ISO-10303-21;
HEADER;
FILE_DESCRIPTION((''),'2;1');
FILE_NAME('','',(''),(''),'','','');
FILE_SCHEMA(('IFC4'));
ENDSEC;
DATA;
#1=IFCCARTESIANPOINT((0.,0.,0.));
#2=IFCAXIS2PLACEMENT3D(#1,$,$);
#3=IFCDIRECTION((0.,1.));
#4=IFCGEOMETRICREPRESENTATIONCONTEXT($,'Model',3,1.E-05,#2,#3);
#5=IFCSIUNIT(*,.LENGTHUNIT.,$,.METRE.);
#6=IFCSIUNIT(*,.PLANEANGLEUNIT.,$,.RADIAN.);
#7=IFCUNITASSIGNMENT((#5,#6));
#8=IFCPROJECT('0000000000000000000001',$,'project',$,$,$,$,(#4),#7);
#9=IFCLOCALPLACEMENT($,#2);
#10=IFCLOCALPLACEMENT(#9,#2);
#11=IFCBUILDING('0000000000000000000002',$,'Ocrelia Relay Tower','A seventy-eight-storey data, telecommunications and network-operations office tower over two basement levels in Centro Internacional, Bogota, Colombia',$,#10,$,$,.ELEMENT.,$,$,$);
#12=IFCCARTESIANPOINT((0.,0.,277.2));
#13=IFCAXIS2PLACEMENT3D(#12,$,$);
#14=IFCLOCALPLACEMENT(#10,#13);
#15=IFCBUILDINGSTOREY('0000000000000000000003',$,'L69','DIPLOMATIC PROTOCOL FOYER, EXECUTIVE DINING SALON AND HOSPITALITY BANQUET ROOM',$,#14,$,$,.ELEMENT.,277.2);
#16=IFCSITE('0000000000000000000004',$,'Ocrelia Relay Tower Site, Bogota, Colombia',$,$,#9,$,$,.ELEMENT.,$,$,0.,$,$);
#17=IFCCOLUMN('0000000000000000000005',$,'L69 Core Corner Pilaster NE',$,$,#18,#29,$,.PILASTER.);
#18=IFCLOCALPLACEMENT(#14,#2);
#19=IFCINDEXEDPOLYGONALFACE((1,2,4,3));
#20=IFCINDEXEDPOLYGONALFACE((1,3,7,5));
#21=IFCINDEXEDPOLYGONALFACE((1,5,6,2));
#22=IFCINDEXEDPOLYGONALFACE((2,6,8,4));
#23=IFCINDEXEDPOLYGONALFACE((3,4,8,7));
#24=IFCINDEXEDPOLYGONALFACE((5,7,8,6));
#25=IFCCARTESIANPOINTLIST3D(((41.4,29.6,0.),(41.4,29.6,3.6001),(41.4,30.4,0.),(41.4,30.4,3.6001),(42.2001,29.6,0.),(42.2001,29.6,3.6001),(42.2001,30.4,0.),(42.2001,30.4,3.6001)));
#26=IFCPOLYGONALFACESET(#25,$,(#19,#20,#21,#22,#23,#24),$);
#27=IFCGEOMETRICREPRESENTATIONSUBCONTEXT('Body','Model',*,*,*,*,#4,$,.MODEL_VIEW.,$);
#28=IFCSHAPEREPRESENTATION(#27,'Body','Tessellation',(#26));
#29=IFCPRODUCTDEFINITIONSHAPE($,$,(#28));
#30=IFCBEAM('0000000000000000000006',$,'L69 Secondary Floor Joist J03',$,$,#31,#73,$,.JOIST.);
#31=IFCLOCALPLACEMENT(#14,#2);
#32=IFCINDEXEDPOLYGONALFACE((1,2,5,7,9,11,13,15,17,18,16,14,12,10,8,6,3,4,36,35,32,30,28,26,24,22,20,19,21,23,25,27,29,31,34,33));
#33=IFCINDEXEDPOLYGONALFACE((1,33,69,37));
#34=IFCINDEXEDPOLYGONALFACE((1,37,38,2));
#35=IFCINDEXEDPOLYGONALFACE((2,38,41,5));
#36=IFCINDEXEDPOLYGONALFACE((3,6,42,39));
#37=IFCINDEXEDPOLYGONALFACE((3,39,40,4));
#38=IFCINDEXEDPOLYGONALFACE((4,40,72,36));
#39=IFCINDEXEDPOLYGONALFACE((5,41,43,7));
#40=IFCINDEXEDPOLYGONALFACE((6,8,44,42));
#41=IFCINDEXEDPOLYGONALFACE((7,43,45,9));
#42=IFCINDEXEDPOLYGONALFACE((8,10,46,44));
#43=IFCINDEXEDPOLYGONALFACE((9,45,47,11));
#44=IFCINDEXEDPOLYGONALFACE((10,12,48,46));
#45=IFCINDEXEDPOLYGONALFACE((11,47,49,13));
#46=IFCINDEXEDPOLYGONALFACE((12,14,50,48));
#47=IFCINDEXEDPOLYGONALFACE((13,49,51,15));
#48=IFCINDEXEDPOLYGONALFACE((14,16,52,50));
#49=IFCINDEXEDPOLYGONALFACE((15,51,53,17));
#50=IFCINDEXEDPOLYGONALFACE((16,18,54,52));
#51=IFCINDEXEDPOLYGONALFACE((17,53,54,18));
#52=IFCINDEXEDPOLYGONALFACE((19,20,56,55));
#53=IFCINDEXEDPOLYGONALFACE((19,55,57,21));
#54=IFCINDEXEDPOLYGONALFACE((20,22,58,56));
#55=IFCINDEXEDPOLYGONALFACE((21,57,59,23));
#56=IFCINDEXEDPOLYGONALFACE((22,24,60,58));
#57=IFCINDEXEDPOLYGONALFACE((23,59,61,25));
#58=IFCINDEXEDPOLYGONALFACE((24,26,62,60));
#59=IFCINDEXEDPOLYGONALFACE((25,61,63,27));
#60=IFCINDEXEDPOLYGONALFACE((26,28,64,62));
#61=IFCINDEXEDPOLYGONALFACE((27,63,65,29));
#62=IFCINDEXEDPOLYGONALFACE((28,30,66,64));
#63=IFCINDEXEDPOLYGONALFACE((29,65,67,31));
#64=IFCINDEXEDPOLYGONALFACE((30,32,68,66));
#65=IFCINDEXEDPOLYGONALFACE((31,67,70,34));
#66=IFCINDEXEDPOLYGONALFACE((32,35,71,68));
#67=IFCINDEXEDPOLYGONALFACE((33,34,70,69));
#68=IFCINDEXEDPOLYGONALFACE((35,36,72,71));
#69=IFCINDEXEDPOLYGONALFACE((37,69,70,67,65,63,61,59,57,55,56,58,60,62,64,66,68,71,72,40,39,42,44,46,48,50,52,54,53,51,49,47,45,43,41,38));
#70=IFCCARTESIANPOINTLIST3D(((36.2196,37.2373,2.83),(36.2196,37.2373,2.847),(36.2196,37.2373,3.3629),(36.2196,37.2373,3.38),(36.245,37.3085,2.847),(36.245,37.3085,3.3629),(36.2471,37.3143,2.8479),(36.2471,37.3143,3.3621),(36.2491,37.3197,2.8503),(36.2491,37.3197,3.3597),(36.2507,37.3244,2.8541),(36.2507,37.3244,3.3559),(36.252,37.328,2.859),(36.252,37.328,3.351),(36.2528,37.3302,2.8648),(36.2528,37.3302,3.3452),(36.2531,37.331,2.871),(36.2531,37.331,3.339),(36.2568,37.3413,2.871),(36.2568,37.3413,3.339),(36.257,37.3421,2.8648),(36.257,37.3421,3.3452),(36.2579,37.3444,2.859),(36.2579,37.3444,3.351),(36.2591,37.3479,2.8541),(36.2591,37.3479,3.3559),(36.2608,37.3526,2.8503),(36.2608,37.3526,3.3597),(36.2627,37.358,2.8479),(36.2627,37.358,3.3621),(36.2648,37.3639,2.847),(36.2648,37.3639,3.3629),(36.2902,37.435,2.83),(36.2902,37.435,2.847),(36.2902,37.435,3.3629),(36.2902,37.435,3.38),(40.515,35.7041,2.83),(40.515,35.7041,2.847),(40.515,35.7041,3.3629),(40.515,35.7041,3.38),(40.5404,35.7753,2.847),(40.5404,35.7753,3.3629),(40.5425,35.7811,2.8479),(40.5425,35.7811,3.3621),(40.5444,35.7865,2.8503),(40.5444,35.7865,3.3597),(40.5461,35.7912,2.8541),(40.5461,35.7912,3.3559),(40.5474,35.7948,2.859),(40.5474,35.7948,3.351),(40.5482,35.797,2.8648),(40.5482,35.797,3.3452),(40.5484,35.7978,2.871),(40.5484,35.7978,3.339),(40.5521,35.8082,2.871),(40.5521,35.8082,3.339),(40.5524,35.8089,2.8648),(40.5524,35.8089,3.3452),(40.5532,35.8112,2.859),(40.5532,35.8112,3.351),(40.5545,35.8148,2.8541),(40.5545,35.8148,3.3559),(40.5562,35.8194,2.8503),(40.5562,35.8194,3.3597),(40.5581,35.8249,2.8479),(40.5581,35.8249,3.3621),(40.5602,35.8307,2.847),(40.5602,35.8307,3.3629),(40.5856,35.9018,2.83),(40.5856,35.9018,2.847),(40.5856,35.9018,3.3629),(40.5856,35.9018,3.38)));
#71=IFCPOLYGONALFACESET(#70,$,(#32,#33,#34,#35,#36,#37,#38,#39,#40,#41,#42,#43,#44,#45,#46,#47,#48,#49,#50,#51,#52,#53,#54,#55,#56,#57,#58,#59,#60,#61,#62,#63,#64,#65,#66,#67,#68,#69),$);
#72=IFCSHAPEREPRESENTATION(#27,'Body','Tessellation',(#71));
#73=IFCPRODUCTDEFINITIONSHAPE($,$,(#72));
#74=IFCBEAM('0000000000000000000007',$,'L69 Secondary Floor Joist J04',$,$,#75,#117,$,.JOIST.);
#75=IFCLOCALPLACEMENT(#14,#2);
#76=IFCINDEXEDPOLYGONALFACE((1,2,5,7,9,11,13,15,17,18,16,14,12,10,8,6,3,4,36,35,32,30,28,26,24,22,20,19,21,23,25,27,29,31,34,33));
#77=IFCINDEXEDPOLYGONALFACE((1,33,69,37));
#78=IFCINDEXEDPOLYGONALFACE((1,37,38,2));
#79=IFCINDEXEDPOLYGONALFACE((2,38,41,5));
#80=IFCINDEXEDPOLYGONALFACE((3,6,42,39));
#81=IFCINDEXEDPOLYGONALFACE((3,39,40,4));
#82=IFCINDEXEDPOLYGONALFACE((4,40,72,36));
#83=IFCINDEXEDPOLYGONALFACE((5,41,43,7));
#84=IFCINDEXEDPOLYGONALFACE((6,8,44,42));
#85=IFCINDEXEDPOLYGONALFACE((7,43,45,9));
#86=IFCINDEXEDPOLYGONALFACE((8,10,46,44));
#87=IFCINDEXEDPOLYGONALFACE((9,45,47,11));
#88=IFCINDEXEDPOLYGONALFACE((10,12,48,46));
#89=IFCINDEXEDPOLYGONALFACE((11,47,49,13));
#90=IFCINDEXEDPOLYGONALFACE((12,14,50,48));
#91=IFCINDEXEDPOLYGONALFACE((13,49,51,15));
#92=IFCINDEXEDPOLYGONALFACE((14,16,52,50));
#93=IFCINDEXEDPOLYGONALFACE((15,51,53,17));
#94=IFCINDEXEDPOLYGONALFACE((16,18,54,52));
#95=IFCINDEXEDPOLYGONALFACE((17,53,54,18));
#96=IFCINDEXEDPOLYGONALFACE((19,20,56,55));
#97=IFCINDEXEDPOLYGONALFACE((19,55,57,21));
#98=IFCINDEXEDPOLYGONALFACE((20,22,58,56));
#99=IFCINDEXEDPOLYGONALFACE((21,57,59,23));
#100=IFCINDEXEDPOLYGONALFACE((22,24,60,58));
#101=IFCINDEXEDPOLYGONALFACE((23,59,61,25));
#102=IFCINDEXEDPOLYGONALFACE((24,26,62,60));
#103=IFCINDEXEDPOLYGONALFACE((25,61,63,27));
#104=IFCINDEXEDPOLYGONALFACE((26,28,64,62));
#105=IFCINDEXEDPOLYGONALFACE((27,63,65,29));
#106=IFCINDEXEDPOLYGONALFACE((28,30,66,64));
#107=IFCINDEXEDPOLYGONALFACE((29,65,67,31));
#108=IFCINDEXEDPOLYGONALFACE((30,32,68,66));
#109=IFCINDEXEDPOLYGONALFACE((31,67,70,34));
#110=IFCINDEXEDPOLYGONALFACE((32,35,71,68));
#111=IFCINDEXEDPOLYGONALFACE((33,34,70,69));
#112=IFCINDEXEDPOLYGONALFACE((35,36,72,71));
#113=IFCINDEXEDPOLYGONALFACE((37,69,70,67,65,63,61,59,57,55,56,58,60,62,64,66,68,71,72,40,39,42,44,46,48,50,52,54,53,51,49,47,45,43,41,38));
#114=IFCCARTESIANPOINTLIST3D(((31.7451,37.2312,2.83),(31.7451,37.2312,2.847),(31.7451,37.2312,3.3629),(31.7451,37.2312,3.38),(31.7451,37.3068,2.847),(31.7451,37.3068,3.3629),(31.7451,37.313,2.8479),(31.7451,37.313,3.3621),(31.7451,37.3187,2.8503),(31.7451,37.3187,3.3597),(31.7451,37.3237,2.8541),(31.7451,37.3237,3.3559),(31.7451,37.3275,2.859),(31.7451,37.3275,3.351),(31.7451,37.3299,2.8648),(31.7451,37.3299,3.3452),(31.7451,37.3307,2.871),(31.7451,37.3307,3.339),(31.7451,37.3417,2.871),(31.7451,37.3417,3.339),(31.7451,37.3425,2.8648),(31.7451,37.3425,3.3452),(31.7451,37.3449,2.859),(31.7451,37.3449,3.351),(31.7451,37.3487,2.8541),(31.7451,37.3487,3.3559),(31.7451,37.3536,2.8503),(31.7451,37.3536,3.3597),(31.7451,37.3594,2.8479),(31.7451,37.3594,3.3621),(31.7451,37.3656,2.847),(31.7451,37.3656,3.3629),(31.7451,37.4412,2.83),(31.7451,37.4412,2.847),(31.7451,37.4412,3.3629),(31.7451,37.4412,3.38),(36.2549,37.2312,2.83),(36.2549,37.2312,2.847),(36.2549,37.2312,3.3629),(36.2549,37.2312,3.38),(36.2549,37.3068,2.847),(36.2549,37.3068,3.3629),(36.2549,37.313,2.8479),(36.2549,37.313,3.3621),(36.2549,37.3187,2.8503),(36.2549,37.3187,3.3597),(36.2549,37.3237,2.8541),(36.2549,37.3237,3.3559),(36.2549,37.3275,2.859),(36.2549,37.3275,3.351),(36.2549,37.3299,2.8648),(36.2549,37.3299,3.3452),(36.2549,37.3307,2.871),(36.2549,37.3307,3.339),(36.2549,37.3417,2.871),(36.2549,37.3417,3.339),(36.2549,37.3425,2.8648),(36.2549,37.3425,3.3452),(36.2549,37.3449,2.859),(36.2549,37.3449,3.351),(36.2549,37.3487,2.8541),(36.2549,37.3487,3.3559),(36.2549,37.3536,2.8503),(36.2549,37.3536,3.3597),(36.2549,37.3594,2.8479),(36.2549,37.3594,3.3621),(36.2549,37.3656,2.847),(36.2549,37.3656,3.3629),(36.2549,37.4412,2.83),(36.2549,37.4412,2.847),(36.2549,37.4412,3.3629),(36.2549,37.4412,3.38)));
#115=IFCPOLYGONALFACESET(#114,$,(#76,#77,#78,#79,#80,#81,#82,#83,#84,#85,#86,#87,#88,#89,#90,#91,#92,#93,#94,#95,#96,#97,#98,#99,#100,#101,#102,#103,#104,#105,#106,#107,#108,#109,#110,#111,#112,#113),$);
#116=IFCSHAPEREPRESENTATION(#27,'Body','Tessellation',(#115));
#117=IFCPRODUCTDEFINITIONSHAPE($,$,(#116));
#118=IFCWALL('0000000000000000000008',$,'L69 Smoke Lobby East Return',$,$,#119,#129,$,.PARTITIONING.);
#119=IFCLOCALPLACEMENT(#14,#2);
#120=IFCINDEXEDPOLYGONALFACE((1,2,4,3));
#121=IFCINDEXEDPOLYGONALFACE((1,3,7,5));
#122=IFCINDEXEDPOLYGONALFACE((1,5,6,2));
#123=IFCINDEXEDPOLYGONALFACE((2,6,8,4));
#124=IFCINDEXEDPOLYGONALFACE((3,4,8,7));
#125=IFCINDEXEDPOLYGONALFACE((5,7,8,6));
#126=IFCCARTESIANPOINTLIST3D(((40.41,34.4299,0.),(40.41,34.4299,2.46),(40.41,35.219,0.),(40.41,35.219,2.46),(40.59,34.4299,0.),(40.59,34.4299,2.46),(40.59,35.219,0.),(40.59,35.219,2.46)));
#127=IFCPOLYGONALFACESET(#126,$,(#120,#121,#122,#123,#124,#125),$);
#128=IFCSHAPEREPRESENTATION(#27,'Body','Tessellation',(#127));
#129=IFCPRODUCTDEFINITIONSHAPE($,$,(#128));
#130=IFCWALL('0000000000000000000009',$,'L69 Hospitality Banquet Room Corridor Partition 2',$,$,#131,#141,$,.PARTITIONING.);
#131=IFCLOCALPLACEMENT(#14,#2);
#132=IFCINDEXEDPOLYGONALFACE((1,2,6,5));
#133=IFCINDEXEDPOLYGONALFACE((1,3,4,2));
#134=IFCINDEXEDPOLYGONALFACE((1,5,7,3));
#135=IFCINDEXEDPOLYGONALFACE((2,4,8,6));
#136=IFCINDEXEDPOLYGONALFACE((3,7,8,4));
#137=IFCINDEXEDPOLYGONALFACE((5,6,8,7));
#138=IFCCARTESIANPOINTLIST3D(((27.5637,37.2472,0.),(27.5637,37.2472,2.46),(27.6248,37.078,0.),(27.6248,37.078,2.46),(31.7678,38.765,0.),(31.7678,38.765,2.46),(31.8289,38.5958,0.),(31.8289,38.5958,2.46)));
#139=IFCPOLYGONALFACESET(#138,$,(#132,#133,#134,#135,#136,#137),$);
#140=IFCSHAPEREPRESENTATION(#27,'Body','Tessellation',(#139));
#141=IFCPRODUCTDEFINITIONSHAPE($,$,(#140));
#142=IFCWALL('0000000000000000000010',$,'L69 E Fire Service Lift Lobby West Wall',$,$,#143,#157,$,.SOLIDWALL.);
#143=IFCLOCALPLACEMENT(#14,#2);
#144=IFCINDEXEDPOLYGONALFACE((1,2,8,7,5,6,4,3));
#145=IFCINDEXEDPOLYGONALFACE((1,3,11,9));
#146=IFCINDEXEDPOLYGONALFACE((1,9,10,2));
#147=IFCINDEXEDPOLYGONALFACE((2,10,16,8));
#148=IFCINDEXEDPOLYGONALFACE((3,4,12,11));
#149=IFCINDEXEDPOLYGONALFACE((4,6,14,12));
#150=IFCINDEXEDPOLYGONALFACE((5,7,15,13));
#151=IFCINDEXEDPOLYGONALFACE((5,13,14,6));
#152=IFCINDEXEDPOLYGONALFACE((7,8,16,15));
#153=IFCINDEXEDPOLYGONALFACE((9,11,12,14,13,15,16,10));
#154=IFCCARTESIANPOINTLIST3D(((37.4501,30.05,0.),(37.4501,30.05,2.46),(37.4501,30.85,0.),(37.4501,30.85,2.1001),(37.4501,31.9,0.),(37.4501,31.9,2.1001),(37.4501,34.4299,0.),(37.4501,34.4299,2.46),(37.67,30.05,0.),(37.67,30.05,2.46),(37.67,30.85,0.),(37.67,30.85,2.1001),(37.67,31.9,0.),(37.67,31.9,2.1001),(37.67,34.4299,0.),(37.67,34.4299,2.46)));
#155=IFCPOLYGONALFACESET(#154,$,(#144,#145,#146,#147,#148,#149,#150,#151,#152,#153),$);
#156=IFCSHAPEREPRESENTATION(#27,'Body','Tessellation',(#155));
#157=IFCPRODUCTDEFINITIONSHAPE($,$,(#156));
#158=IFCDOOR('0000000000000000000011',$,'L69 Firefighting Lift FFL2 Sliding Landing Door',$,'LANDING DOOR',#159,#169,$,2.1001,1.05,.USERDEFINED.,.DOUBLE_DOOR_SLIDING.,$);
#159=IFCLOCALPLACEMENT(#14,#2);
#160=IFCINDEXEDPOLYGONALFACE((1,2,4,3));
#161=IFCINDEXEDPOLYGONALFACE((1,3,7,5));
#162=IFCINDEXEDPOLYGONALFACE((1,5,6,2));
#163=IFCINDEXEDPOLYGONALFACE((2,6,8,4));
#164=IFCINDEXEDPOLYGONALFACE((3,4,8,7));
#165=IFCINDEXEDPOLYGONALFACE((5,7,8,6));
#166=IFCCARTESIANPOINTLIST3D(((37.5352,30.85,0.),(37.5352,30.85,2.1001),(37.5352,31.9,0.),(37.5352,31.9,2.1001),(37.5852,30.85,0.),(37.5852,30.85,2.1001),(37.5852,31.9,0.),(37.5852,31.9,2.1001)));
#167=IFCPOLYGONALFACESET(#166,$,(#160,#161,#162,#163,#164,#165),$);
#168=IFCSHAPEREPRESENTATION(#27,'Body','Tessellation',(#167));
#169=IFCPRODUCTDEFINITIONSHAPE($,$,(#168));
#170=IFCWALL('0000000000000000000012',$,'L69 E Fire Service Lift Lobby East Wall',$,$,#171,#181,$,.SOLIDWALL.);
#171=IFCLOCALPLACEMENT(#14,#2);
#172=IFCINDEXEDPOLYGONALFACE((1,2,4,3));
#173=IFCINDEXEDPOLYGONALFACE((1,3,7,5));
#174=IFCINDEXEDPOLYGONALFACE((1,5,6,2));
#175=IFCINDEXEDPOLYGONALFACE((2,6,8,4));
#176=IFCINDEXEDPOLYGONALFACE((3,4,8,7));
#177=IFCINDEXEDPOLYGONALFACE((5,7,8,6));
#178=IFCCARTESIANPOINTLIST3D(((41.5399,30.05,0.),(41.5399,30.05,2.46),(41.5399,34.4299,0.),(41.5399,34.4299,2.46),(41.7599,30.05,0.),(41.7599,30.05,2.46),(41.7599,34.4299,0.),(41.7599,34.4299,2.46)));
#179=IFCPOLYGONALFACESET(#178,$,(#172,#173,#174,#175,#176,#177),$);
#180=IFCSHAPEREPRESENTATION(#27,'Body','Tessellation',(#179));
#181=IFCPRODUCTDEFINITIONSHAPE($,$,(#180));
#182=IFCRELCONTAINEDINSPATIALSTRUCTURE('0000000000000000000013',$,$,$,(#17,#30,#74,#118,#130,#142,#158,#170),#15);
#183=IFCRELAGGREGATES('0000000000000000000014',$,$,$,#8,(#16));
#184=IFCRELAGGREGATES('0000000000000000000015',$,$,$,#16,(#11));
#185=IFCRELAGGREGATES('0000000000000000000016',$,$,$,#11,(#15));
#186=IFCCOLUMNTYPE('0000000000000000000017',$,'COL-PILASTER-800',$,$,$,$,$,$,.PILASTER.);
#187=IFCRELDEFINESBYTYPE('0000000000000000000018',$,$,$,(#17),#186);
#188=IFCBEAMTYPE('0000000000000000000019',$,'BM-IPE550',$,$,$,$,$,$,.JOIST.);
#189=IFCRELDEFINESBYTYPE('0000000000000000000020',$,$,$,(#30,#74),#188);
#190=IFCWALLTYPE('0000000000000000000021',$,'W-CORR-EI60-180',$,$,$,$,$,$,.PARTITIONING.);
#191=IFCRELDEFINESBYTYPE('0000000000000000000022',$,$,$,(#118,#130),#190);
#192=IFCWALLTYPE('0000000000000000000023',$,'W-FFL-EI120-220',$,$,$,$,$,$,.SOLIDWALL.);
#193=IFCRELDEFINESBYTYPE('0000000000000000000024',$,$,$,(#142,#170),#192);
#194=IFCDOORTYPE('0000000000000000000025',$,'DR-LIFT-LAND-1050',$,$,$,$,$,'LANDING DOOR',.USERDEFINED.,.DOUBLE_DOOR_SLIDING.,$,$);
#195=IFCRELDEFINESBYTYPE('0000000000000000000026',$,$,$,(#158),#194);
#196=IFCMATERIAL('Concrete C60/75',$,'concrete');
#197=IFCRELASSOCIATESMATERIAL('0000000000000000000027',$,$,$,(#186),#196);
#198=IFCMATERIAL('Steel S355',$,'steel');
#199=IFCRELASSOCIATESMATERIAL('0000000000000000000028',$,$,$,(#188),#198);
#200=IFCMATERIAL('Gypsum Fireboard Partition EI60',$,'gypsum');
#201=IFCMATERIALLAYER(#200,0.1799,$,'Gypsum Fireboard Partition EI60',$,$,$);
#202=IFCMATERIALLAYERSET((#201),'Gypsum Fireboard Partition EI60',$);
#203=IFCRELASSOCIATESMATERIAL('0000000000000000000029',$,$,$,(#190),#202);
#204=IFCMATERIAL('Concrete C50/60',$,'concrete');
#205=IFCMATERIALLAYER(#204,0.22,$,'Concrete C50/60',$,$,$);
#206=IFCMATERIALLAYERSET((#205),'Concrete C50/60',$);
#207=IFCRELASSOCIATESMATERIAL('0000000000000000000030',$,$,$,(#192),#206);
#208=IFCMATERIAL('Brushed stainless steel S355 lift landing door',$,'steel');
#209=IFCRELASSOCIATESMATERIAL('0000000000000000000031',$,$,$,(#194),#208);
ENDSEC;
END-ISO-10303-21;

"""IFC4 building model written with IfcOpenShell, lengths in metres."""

from ifc_helpers import new_model, si_unit, direction, frame, frame_2d, origin, origin_2d, place, context, subcontext, project, spatial, rectangle, i_section, extrude, material, layer, layer_set, material_profile, profile_set, type_object, element, fill, save


model = new_model("IFC4")

# Units and contexts
model_context = context("Model", 3, precision=1e-05, world=origin(), true_north=direction((0.0, 1.0)))
body_context = subcontext(model_context, "Body", "Model", "MODEL_VIEW")
ifc_project = project(units=[si_unit("LENGTHUNIT", "METRE"), si_unit("PLANEANGLEUNIT", "RADIAN")], contexts=[model_context])

# Site, building, storey
site_placement = place(None, origin())
site = spatial("IfcSite", under=ifc_project, at=site_placement, Name="Ocrelia Relay Tower Site, Bogota, Colombia", CompositionType="ELEMENT", RefElevation=0.0)
building_placement = place(site_placement, origin())
building = spatial("IfcBuilding", under=site, at=building_placement, Name="Ocrelia Relay Tower", Description="A seventy-eight-storey data, telecommunications and network-operations office tower over two basement levels in Centro Internacional, Bogota, Colombia", CompositionType="ELEMENT")
storey_placement = place(building_placement, frame((0.0, 0.0, 277.2)))
storey = spatial("IfcBuildingStorey", under=building, at=storey_placement, Name="L69", Description="DIPLOMATIC PROTOCOL FOYER, EXECUTIVE DINING SALON AND HOSPITALITY BANQUET ROOM", CompositionType="ELEMENT", Elevation=277.2)

# Column
ifc_material_1 = material(Name="Concrete C60/75", Category="concrete")
ifc_material_profile_1 = material_profile(ifc_material_1, rectangle(XDim=0.8, YDim=0.8, at=origin_2d()), Name="RC-COL-800x800")
ifc_profile_set_1 = profile_set([ifc_material_profile_1], Name="Concrete C60/75")
column_type = type_object("IfcColumnType", Name="COL-PILASTER-800", PredefinedType="PILASTER", material=ifc_profile_set_1)
column_placement = place(storey_placement, frame((41.8, 30.0, 0.0), z_axis=(0.0, 0.0, 1.0), x_axis=(1.0, 0.0, 0.0)))
element("IfcColumn", 1, at=column_placement, inside=storey, type_object=column_type, Name="L69 Core Corner Pilaster NE", PredefinedType="PILASTER", context=body_context, shape_type="SweptSolid", body=[
    extrude(rectangle(XDim=0.8, YDim=0.8, at=origin_2d()), origin(), (0.0, 0.0, 1.0), 3.6001),
])

# Beams
ifc_material_2 = material(Name="Steel S355", Category="steel")
ifc_material_profile_2 = material_profile(ifc_material_2, i_section(OverallWidth=0.21, OverallDepth=0.55, WebThickness=0.011, FlangeThickness=0.0171, FilletRadius=0.0239, at=origin_2d()), Name="IPE 550")
ifc_profile_set_2 = profile_set([ifc_material_profile_2], Name="Steel S355")
beam_type = type_object("IfcBeamType", Name="BM-IPE550", PredefinedType="JOIST", material=ifc_profile_set_2)
beam_1_placement = place(storey_placement, frame((40.5503, 35.803, 3.105), z_axis=(-0.941802, 0.336167, 0.0), x_axis=(-0.336167, -0.941802, 0.0)))
element("IfcBeam", 2, at=beam_1_placement, inside=storey, type_object=beam_type, Name="L69 Secondary Floor Joist J03", PredefinedType="JOIST", context=body_context, shape_type="SweptSolid", body=[
    extrude(i_section(OverallWidth=0.21, OverallDepth=0.55, WebThickness=0.011, FlangeThickness=0.0171, FilletRadius=0.0239, at=origin_2d()), origin(), (0.0, 0.0, 1.0), 4.5608),
])
beam_2_placement = place(storey_placement, frame((36.2549, 37.3362, 3.105), z_axis=(-1.0, 0.0, 0.0), x_axis=(0.0, -1.0, 0.0)))
element("IfcBeam", 3, at=beam_2_placement, inside=storey, type_object=beam_type, Name="L69 Secondary Floor Joist J04", PredefinedType="JOIST", context=body_context, shape_type="SweptSolid", body=[
    extrude(i_section(OverallWidth=0.21, OverallDepth=0.55, WebThickness=0.011, FlangeThickness=0.0171, FilletRadius=0.0239, at=origin_2d()), origin(), (0.0, 0.0, 1.0), 4.5098),
])

# Wall
ifc_material_3 = material(Name="Gypsum Fireboard Partition EI60", Category="gypsum")
ifc_layer_1 = layer(ifc_material_3, 0.1799, Name="Gypsum Fireboard Partition EI60")
ifc_layer_set_1 = layer_set([ifc_layer_1], Name="Gypsum Fireboard Partition EI60")
wall_type_1 = type_object("IfcWallType", Name="W-CORR-EI60-180", PredefinedType="PARTITIONING", material=ifc_layer_set_1)
wall_1_placement = place(storey_placement, frame((40.5, 35.219, 0.0), z_axis=(0.0, 0.0, 1.0), x_axis=(0.0, -1.0, 0.0)))
element("IfcWall", 4, at=wall_1_placement, inside=storey, type_object=wall_type_1, Name="L69 Smoke Lobby East Return", PredefinedType="PARTITIONING", context=body_context, shape_type="SweptSolid", body=[
    extrude(rectangle(XDim=0.7891, YDim=0.1799, at=frame_2d((0.3945, 0.0))), origin(), (0.0, 0.0, 1.0), 2.46),
])

# Wall
wall_2_placement = place(storey_placement, frame((31.7983, 38.6804, 0.0), z_axis=(0.0, 0.0, 1.0), x_axis=(-0.940577, -0.33958, 0.0)))
element("IfcWall", 5, at=wall_2_placement, inside=storey, type_object=wall_type_1, Name="L69 Hospitality Banquet Room Corridor Partition 2", PredefinedType="PARTITIONING", context=body_context, shape_type="SweptSolid", body=[
    extrude(rectangle(XDim=4.4697, YDim=0.1799, at=frame_2d((2.2349, 0.0))), origin(), (0.0, 0.0, 1.0), 2.46),
])

# Wall, opening, door
ifc_material_4 = material(Name="Concrete C50/60", Category="concrete")
ifc_layer_2 = layer(ifc_material_4, 0.22, Name="Concrete C50/60")
ifc_layer_set_2 = layer_set([ifc_layer_2], Name="Concrete C50/60")
wall_type_2 = type_object("IfcWallType", Name="W-FFL-EI120-220", PredefinedType="SOLIDWALL", material=ifc_layer_set_2)
wall_3_placement = place(storey_placement, frame((37.5601, 30.05, 0.0), z_axis=(0.0, 0.0, 1.0), x_axis=(0.0, 1.0, 0.0)))
wall_3 = element("IfcWall", 6, at=wall_3_placement, inside=storey, type_object=wall_type_2, Name="L69 E Fire Service Lift Lobby West Wall", PredefinedType="SOLIDWALL", context=body_context, shape_type="SweptSolid", body=[
    extrude(rectangle(XDim=4.3799, YDim=0.22, at=frame_2d((2.1899, 0.0))), origin(), (0.0, 0.0, 1.0), 2.46),
])
opening_1_placement = place(wall_3_placement, frame((0.8, 0.0, 0.0)))
opening_1 = element("IfcOpeningElement", 7, at=opening_1_placement, cuts=wall_3, PredefinedType="OPENING", context=body_context, shape_type="SweptSolid", body=[
    extrude(rectangle(XDim=1.05, YDim=2.1001, at=frame_2d((0.5249, 1.05))), frame((0.0, 0.1201, 0.0), z_axis=(0.0, -1.0, 0.0), x_axis=(1.0, 0.0, 0.0)), (0.0, 0.0, 1.0), 0.24),
])
ifc_material_5 = material(Name="Brushed stainless steel S355 lift landing door", Category="steel")
door_type_1 = type_object("IfcDoorType", Name="DR-LIFT-LAND-1050", ElementType="LANDING DOOR", OperationType="DOUBLE_DOOR_SLIDING", PredefinedType="USERDEFINED", material=ifc_material_5)
door_1_placement = place(opening_1_placement, origin())
door_1 = element("IfcDoor", 8, at=door_1_placement, inside=storey, type_object=door_type_1, Name="L69 Firefighting Lift FFL2 Sliding Landing Door", ObjectType="LANDING DOOR", OperationType="DOUBLE_DOOR_SLIDING", OverallHeight=2.1001, OverallWidth=1.05, PredefinedType="USERDEFINED", context=body_context, shape_type="SweptSolid", body=[
    extrude(rectangle(XDim=1.05, YDim=2.1001, at=frame_2d((0.5249, 1.05))), frame((0.0, 0.0249, 0.0), z_axis=(0.0, -1.0, 0.0), x_axis=(1.0, 0.0, 0.0)), (0.0, 0.0, 1.0), 0.05),
])
fill(opening_1, door_1)

# Wall
wall_4_placement = place(storey_placement, frame((41.6499, 30.05, 0.0), z_axis=(0.0, 0.0, 1.0), x_axis=(0.0, 1.0, 0.0)))
element("IfcWall", 9, at=wall_4_placement, inside=storey, type_object=wall_type_2, Name="L69 E Fire Service Lift Lobby East Wall", PredefinedType="SOLIDWALL", context=body_context, shape_type="SweptSolid", body=[
    extrude(rectangle(XDim=4.3799, YDim=0.22, at=frame_2d((2.1899, 0.0))), origin(), (0.0, 0.0, 1.0), 2.46),
])

save(model, "model.ifc")
